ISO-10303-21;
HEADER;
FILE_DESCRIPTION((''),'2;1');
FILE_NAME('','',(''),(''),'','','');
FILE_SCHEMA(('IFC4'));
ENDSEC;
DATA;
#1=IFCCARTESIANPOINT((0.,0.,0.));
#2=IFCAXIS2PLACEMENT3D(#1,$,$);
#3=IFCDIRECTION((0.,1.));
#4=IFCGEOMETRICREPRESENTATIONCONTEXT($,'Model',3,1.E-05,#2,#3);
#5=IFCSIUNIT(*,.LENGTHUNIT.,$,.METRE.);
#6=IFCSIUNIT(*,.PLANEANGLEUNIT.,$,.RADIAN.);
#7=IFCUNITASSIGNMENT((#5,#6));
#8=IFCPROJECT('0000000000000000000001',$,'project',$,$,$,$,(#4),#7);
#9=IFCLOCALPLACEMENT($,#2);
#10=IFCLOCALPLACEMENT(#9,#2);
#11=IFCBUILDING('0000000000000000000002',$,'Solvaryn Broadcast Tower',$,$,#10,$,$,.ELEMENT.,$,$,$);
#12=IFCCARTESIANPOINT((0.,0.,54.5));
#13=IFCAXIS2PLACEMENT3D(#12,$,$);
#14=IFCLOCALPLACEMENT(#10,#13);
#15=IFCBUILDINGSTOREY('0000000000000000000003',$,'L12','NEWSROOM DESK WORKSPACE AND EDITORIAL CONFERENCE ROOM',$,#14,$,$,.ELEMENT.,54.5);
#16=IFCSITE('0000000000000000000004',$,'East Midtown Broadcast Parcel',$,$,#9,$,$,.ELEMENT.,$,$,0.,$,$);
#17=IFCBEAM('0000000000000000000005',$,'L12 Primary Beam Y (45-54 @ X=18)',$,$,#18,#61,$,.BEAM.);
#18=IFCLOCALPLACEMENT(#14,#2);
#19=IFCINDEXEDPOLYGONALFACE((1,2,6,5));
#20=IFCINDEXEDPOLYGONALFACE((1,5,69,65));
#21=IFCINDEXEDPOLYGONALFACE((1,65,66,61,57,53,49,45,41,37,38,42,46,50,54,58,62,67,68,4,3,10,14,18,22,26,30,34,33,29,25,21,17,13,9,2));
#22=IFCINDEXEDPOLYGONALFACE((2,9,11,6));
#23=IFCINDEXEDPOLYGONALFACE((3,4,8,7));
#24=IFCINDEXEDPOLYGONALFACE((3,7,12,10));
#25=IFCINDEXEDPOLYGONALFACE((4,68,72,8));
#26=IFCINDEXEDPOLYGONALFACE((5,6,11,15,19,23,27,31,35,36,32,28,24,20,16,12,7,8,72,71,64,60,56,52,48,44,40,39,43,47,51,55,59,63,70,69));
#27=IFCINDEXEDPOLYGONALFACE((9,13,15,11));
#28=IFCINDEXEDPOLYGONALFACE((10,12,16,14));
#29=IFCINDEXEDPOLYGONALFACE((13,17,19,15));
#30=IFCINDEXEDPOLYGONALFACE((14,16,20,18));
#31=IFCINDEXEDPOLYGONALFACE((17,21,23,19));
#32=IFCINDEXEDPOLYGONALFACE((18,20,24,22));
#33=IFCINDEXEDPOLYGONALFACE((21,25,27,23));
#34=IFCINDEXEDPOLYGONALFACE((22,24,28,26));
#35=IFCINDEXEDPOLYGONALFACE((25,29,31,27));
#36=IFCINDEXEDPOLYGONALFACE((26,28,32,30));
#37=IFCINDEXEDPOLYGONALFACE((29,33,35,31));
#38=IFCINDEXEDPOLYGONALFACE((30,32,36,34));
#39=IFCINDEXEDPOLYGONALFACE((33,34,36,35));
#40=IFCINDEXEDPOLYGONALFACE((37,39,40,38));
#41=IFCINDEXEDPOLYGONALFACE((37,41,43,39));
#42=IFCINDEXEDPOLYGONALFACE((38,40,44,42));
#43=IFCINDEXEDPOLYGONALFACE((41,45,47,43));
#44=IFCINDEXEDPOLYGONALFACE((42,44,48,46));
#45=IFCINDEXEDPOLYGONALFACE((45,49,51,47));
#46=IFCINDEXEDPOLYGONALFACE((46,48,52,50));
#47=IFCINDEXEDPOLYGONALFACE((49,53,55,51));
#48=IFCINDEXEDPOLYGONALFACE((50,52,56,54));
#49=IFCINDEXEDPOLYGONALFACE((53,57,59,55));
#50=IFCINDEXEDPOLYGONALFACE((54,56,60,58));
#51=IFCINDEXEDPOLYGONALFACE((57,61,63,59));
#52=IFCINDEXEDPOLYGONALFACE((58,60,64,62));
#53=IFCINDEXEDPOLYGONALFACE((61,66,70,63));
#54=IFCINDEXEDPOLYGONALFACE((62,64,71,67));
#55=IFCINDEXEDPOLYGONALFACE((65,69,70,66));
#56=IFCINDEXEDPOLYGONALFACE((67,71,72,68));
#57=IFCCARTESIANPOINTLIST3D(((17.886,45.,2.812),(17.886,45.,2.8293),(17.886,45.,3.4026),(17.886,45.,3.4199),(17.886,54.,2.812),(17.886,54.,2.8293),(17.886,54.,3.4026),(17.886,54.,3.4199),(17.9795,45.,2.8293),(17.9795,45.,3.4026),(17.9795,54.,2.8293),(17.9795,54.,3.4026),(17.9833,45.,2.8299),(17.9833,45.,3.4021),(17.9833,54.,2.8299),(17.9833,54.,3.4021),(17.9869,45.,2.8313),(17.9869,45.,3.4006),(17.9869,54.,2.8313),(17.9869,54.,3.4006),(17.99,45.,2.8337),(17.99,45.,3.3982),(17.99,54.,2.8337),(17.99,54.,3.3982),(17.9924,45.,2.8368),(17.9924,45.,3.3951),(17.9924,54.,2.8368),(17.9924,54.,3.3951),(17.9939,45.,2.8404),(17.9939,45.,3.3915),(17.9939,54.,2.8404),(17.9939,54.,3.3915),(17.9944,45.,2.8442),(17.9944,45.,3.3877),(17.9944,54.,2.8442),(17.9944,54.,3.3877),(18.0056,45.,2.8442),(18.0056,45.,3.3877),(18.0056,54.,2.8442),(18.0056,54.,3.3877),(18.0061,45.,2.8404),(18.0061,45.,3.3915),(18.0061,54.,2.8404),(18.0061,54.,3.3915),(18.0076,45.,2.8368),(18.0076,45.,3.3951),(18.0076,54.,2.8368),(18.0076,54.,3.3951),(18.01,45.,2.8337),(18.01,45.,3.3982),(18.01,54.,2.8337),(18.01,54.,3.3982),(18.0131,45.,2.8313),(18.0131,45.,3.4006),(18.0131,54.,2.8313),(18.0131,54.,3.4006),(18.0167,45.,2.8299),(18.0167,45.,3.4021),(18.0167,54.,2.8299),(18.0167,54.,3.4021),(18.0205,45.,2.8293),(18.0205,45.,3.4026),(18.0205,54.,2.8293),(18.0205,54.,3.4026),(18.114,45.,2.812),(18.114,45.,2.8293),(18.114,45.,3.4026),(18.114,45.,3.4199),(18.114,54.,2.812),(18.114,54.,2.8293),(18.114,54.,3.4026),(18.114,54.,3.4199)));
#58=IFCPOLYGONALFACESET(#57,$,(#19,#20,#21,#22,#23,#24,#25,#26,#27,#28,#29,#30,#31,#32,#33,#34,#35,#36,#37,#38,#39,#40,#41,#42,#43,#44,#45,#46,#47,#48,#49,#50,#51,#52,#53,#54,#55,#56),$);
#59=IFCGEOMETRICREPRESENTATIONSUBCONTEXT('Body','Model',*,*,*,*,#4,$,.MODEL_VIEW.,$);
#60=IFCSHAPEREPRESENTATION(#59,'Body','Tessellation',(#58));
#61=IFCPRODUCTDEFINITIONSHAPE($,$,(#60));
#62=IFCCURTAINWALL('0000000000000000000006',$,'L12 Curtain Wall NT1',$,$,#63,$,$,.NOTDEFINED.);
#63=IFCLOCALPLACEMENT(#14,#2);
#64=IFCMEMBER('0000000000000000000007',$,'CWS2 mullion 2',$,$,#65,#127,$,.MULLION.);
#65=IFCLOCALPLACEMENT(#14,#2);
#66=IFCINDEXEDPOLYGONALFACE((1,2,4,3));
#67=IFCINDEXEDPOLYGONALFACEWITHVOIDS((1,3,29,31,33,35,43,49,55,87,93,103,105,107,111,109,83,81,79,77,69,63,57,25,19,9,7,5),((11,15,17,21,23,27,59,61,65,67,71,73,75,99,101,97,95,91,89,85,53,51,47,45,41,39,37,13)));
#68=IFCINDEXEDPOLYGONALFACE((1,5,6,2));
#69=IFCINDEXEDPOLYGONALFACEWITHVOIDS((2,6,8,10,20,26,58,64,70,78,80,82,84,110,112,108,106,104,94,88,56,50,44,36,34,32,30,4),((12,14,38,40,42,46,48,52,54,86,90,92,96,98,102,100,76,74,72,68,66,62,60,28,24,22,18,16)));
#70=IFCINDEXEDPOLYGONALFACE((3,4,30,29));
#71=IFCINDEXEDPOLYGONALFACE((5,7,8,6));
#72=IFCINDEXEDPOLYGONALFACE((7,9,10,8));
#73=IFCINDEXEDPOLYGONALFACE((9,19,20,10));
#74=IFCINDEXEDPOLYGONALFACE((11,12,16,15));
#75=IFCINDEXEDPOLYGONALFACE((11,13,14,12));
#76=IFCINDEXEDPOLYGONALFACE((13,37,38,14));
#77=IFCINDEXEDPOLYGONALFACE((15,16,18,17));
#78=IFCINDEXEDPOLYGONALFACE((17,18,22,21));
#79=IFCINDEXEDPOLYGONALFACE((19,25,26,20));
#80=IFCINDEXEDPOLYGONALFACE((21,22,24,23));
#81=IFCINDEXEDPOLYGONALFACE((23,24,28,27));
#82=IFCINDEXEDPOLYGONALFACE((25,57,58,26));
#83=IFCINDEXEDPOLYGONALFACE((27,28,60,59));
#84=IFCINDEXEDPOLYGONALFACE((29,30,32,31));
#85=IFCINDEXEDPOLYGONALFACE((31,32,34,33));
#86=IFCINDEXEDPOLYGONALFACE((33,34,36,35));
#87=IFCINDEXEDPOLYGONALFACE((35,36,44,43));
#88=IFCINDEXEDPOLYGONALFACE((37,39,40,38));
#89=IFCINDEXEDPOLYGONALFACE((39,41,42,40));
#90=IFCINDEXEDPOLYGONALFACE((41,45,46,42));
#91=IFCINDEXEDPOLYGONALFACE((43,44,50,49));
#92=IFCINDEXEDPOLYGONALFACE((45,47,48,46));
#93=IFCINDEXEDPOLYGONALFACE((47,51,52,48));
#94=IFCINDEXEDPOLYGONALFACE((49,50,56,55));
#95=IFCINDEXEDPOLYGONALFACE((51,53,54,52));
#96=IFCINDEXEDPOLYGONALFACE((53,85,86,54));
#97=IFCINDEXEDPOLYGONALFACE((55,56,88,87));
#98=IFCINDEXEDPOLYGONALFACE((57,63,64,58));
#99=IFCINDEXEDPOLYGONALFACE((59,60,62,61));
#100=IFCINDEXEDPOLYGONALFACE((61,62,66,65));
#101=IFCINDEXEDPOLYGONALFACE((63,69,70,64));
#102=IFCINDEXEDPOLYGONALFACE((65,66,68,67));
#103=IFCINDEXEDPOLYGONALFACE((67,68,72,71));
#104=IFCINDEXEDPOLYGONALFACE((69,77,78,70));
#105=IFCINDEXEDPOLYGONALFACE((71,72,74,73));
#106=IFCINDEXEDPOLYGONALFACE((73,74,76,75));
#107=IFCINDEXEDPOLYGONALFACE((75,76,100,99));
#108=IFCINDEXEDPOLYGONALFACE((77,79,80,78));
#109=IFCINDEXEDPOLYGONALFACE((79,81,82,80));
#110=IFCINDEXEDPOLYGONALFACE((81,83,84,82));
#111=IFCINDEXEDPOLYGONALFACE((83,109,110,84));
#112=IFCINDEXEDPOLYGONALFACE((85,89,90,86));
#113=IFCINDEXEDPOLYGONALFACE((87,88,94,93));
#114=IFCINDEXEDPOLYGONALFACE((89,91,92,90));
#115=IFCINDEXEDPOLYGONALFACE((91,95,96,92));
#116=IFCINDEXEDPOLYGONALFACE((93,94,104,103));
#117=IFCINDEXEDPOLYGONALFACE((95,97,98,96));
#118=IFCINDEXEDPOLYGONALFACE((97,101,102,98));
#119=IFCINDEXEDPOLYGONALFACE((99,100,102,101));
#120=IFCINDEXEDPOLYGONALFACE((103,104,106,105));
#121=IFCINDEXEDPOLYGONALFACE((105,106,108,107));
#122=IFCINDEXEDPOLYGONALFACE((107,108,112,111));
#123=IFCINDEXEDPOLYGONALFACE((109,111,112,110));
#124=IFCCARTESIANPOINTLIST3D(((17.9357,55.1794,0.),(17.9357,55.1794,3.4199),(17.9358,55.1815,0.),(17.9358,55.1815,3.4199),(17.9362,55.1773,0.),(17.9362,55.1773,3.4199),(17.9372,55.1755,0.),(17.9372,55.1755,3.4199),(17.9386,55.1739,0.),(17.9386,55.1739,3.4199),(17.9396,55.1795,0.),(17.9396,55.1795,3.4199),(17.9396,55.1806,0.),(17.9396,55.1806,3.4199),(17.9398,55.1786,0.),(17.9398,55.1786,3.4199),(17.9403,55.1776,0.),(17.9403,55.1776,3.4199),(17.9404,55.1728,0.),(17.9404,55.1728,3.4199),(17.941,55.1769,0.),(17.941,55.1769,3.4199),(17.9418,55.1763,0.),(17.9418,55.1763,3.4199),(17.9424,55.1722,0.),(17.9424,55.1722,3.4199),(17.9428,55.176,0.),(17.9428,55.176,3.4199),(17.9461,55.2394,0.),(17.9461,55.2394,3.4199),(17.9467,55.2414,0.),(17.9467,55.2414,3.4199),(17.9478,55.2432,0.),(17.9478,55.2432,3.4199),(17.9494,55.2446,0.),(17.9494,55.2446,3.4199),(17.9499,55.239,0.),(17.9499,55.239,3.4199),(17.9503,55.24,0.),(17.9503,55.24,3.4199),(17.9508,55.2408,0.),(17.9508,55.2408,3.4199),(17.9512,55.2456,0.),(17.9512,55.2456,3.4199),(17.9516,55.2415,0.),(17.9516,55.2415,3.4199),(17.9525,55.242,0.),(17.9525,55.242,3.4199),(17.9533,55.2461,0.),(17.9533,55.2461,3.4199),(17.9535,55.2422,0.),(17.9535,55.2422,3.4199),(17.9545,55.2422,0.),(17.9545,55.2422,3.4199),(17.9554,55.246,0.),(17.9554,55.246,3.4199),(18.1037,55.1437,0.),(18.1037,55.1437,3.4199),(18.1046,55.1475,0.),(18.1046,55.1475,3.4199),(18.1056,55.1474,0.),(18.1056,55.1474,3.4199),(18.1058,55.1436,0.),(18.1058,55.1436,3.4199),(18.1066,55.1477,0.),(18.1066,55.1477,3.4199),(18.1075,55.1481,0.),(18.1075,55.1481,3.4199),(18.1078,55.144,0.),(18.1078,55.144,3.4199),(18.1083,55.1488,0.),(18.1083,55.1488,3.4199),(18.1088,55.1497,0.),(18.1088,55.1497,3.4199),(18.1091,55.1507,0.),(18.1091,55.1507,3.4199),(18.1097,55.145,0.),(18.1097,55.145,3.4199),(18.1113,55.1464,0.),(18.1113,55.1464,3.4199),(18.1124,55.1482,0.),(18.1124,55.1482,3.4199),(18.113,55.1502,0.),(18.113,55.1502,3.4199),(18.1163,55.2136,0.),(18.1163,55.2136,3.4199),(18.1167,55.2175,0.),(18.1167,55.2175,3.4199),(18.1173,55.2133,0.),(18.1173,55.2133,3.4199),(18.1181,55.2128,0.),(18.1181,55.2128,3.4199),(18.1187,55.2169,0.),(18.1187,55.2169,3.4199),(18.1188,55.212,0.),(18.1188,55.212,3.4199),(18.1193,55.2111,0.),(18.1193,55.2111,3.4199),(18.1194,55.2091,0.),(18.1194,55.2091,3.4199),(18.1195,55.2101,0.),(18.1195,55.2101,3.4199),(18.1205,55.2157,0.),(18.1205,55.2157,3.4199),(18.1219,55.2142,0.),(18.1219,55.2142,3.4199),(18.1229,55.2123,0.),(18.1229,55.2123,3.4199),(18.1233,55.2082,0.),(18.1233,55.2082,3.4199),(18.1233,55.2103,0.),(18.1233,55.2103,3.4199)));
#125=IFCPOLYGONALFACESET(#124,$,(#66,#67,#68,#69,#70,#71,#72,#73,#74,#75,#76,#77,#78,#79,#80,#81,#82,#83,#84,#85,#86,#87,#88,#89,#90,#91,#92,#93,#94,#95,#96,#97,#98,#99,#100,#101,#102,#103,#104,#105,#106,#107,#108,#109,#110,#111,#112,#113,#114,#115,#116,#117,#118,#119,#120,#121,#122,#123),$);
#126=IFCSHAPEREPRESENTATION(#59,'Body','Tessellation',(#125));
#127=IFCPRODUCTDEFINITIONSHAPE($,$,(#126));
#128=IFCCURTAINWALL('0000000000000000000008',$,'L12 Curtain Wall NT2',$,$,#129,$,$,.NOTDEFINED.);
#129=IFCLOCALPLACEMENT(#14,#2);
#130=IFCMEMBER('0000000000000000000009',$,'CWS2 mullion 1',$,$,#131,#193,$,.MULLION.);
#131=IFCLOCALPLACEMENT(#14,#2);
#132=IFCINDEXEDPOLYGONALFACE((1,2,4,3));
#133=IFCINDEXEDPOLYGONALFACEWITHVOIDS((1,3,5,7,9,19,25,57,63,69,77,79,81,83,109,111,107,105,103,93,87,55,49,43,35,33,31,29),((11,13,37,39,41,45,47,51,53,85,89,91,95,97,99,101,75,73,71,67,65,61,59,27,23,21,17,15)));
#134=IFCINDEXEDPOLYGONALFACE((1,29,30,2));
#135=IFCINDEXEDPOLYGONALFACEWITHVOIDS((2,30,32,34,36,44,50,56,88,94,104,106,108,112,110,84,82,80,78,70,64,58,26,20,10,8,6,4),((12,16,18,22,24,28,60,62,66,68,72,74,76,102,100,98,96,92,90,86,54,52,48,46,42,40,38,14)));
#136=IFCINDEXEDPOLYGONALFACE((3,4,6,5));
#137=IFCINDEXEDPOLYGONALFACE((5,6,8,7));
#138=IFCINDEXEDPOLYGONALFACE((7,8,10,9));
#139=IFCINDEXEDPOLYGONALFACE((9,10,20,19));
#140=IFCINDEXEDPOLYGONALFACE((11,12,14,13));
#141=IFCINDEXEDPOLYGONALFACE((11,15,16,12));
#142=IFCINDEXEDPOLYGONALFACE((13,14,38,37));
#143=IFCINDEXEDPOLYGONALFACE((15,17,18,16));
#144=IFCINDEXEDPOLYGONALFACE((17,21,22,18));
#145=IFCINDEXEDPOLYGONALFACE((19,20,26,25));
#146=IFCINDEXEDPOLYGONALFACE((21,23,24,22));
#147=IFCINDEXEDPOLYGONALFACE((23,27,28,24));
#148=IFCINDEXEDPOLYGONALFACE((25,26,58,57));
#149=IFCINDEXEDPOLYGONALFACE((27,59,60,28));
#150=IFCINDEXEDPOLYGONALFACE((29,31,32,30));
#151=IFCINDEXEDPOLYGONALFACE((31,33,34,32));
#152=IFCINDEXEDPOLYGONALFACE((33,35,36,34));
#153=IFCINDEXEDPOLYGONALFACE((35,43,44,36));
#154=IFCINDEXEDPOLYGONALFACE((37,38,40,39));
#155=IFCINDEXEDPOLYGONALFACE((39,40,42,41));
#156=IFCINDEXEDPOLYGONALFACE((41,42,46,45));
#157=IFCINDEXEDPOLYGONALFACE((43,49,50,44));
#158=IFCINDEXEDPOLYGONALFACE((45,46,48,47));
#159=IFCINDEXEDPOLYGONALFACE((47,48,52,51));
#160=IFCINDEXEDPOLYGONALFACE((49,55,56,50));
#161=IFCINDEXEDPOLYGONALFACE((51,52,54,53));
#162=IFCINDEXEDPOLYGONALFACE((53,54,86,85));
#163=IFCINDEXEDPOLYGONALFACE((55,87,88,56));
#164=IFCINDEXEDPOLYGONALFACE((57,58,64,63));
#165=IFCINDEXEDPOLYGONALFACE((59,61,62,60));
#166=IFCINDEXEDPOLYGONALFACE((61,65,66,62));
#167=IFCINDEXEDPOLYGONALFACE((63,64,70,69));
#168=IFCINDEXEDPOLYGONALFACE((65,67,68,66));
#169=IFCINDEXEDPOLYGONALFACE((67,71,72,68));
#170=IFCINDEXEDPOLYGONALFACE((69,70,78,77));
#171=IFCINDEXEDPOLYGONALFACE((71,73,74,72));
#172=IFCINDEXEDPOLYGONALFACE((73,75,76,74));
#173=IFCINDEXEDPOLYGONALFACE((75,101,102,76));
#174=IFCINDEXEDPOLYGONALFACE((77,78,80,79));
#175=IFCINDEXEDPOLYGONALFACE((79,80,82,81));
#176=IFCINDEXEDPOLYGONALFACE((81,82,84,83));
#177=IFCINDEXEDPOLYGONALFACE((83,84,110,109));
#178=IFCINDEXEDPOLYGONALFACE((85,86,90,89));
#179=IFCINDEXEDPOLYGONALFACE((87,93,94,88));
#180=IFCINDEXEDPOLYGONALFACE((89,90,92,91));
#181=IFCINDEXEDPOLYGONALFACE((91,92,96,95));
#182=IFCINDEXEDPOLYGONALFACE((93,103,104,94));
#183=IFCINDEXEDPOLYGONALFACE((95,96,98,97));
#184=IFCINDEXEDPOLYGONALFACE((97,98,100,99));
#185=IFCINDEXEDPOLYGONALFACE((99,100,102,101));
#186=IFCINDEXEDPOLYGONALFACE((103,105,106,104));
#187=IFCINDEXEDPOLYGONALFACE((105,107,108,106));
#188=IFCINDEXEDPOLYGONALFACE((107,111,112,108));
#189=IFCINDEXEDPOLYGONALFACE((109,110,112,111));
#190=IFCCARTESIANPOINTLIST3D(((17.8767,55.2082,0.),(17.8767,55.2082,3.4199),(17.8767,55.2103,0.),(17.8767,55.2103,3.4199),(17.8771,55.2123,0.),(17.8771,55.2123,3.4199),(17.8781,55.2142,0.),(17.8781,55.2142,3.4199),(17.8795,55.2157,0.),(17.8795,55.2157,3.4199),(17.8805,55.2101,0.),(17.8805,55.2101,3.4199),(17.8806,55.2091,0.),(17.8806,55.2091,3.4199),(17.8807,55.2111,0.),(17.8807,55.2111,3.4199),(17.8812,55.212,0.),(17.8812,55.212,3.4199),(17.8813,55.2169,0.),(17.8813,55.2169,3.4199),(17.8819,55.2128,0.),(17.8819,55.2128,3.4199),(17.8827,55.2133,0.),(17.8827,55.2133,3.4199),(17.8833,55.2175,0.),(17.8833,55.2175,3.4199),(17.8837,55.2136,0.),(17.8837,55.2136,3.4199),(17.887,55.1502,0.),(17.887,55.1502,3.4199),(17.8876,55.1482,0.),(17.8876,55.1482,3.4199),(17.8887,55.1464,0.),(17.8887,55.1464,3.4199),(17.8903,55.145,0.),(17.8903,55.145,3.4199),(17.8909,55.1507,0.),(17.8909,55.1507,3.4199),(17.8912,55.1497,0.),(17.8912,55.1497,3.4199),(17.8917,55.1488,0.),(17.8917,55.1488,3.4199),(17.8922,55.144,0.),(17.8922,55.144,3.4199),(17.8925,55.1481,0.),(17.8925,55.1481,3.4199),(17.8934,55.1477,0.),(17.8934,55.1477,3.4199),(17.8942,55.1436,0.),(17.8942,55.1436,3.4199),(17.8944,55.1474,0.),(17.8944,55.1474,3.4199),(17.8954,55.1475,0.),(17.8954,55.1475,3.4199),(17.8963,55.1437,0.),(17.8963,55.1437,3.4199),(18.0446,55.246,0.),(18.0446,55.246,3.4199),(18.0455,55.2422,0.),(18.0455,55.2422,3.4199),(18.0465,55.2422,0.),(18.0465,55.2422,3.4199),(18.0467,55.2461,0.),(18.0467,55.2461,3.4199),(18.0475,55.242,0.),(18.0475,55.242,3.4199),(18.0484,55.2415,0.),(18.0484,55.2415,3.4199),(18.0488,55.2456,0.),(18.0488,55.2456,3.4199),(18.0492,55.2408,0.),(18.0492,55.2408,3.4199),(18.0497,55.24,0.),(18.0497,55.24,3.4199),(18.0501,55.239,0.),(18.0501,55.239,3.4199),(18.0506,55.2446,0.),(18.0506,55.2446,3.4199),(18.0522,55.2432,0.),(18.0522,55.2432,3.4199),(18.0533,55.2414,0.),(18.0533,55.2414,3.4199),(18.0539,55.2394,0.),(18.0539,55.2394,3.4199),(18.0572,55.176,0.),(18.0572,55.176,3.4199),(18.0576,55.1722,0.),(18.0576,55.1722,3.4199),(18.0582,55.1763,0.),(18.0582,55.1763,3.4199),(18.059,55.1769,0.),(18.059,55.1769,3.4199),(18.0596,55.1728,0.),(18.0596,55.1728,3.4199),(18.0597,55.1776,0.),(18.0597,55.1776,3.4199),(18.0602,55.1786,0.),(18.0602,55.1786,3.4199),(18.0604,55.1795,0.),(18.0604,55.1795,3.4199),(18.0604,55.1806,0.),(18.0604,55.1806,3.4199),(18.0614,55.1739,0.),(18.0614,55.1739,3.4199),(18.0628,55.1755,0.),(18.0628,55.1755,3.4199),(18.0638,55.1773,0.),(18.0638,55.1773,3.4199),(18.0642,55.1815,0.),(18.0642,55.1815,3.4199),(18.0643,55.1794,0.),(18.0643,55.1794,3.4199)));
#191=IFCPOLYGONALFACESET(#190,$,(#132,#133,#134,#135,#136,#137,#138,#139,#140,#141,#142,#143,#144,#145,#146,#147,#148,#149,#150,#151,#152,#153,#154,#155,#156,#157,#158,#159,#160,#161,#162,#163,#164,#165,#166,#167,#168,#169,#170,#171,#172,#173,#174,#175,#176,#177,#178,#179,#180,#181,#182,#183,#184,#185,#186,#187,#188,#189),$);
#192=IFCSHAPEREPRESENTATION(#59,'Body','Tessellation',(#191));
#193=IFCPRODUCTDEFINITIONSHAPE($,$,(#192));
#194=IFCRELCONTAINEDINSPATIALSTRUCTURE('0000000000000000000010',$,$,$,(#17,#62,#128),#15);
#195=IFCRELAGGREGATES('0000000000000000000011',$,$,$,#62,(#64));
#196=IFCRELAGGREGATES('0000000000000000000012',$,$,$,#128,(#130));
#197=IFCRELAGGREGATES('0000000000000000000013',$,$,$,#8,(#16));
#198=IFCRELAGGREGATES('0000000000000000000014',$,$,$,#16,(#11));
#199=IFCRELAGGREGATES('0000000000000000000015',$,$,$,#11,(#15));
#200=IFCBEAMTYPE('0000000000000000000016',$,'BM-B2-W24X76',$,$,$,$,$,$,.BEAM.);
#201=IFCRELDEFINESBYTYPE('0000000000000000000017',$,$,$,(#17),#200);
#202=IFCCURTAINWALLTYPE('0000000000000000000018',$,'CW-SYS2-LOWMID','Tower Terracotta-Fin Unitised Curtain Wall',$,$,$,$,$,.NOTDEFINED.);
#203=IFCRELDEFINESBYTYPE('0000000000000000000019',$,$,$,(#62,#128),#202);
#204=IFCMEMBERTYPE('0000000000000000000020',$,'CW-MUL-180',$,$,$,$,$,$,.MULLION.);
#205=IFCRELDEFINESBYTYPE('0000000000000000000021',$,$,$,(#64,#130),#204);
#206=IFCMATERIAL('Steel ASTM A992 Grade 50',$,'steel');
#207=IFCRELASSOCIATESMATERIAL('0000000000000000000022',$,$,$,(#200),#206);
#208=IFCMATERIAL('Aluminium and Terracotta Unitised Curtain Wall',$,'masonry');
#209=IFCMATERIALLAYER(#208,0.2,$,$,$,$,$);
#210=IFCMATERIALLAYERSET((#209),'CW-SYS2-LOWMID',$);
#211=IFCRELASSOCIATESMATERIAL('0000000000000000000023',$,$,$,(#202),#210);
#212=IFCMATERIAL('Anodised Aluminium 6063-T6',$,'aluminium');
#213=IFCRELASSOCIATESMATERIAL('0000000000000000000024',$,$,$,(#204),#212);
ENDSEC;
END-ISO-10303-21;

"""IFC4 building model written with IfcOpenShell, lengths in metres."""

from ifc_helpers import new_model, si_unit, direction, frame, origin, origin_2d, place, context, subcontext, project, spatial, hollow_rectangle, i_section, extrude, material, layer, layer_set, material_profile, profile_set, type_object, element, aggregate, save


model = new_model("IFC4")

# Units and contexts
model_context = context("Model", 3, precision=1e-05, world=origin(), true_north=direction((0.0, 1.0)))
body_context = subcontext(model_context, "Body", "Model", "MODEL_VIEW")
ifc_project = project(units=[si_unit("LENGTHUNIT", "METRE"), si_unit("PLANEANGLEUNIT", "RADIAN")], contexts=[model_context])

# Site, building, storey
site_placement = place(None, origin())
site = spatial("IfcSite", under=ifc_project, at=site_placement, Name="East Midtown Broadcast Parcel", CompositionType="ELEMENT", RefElevation=0.0)
building_placement = place(site_placement, origin())
building = spatial("IfcBuilding", under=site, at=building_placement, Name="Solvaryn Broadcast Tower", CompositionType="ELEMENT")
storey_placement = place(building_placement, frame((0.0, 0.0, 54.5)))
storey = spatial("IfcBuildingStorey", under=building, at=storey_placement, Name="L12", Description="NEWSROOM DESK WORKSPACE AND EDITORIAL CONFERENCE ROOM", CompositionType="ELEMENT", Elevation=54.5)

# Beam
ifc_material_1 = material(Name="Steel ASTM A992 Grade 50", Category="steel")
ifc_material_profile_1 = material_profile(ifc_material_1, i_section(OverallWidth=0.228, OverallDepth=0.6079, WebThickness=0.0112, FlangeThickness=0.0173, FilletRadius=0.0149, at=origin_2d()))
ifc_profile_set_1 = profile_set([ifc_material_profile_1], Name="Steel ASTM A992 Grade 50")
beam_type_1 = type_object("IfcBeamType", Name="BM-B2-W24X76", PredefinedType="BEAM", material=ifc_profile_set_1)
beam_1_placement = place(storey_placement, frame((18.0, 45.0, 3.116), z_axis=(0.0, 1.0, 0.0), x_axis=(-1.0, 0.0, 0.0)))
element("IfcBeam", 1, at=beam_1_placement, inside=storey, type_object=beam_type_1, Name="L12 Primary Beam Y (45-54 @ X=18)", PredefinedType="BEAM", context=body_context, shape_type="SweptSolid", body=[
    extrude(i_section(OverallWidth=0.228, OverallDepth=0.6079, WebThickness=0.0112, FlangeThickness=0.0173, FilletRadius=0.0149, at=origin_2d()), origin(), (0.0, 0.0, 1.0), 9.0),
])

# Curtain walls, members
ifc_material_2 = material(Name="Aluminium and Terracotta Unitised Curtain Wall", Category="masonry")
ifc_layer_1 = layer(ifc_material_2, 0.2)
ifc_layer_set_1 = layer_set([ifc_layer_1], Name="CW-SYS2-LOWMID")
curtain_wall_type = type_object("IfcCurtainWallType", Name="CW-SYS2-LOWMID", Description="Tower Terracotta-Fin Unitised Curtain Wall", PredefinedType="NOTDEFINED", material=ifc_layer_set_1)
curtain_wall_1_placement = place(storey_placement, origin())
curtain_wall_1 = element("IfcCurtainWall", 2, at=curtain_wall_1_placement, inside=storey, type_object=curtain_wall_type, Name="L12 Curtain Wall NT1", PredefinedType="NOTDEFINED")
ifc_material_3 = material(Name="Anodised Aluminium 6063-T6", Category="aluminium")
ifc_material_profile_2 = material_profile(ifc_material_3, hollow_rectangle(XDim=0.075, YDim=0.1799, WallThickness=0.0039, InnerFilletRadius=0.0039, OuterFilletRadius=0.0081, at=origin_2d()))
ifc_profile_set_2 = profile_set([ifc_material_profile_2], Name="Anodised Aluminium 6063-T6")
member_type_1 = type_object("IfcMemberType", Name="CW-MUL-180", PredefinedType="MULLION", material=ifc_profile_set_2)
member_1_placement = place(storey_placement, frame((18.0295, 55.1948, 0.0), z_axis=(0.0, 0.0, 1.0), x_axis=(-0.173785, -0.984784, 0.0)))
member_1 = element("IfcMember", 3, at=member_1_placement, type_object=member_type_1, Name="CWS2 mullion 2", PredefinedType="MULLION", context=body_context, shape_type="SweptSolid", body=[
    extrude(hollow_rectangle(XDim=0.075, YDim=0.1799, WallThickness=0.0039, InnerFilletRadius=0.0039, OuterFilletRadius=0.0081, at=origin_2d()), origin(), (0.0, 0.0, 1.0), 3.4199),
])
curtain_wall_2_placement = place(storey_placement, origin())
curtain_wall_2 = element("IfcCurtainWall", 4, at=curtain_wall_2_placement, inside=storey, type_object=curtain_wall_type, Name="L12 Curtain Wall NT2", PredefinedType="NOTDEFINED")
member_2_placement = place(storey_placement, frame((17.9705, 55.1948, 0.0), z_axis=(0.0, 0.0, 1.0), x_axis=(0.173785, -0.984784, 0.0)))
member_2 = element("IfcMember", 5, at=member_2_placement, type_object=member_type_1, Name="CWS2 mullion 1", PredefinedType="MULLION", context=body_context, shape_type="SweptSolid", body=[
    extrude(hollow_rectangle(XDim=0.075, YDim=0.1799, WallThickness=0.0039, InnerFilletRadius=0.0039, OuterFilletRadius=0.0081, at=origin_2d()), origin(), (0.0, 0.0, 1.0), 3.4199),
])

aggregate(curtain_wall_1, [member_1])
aggregate(curtain_wall_2, [member_2])

save(model, "model.ifc")
